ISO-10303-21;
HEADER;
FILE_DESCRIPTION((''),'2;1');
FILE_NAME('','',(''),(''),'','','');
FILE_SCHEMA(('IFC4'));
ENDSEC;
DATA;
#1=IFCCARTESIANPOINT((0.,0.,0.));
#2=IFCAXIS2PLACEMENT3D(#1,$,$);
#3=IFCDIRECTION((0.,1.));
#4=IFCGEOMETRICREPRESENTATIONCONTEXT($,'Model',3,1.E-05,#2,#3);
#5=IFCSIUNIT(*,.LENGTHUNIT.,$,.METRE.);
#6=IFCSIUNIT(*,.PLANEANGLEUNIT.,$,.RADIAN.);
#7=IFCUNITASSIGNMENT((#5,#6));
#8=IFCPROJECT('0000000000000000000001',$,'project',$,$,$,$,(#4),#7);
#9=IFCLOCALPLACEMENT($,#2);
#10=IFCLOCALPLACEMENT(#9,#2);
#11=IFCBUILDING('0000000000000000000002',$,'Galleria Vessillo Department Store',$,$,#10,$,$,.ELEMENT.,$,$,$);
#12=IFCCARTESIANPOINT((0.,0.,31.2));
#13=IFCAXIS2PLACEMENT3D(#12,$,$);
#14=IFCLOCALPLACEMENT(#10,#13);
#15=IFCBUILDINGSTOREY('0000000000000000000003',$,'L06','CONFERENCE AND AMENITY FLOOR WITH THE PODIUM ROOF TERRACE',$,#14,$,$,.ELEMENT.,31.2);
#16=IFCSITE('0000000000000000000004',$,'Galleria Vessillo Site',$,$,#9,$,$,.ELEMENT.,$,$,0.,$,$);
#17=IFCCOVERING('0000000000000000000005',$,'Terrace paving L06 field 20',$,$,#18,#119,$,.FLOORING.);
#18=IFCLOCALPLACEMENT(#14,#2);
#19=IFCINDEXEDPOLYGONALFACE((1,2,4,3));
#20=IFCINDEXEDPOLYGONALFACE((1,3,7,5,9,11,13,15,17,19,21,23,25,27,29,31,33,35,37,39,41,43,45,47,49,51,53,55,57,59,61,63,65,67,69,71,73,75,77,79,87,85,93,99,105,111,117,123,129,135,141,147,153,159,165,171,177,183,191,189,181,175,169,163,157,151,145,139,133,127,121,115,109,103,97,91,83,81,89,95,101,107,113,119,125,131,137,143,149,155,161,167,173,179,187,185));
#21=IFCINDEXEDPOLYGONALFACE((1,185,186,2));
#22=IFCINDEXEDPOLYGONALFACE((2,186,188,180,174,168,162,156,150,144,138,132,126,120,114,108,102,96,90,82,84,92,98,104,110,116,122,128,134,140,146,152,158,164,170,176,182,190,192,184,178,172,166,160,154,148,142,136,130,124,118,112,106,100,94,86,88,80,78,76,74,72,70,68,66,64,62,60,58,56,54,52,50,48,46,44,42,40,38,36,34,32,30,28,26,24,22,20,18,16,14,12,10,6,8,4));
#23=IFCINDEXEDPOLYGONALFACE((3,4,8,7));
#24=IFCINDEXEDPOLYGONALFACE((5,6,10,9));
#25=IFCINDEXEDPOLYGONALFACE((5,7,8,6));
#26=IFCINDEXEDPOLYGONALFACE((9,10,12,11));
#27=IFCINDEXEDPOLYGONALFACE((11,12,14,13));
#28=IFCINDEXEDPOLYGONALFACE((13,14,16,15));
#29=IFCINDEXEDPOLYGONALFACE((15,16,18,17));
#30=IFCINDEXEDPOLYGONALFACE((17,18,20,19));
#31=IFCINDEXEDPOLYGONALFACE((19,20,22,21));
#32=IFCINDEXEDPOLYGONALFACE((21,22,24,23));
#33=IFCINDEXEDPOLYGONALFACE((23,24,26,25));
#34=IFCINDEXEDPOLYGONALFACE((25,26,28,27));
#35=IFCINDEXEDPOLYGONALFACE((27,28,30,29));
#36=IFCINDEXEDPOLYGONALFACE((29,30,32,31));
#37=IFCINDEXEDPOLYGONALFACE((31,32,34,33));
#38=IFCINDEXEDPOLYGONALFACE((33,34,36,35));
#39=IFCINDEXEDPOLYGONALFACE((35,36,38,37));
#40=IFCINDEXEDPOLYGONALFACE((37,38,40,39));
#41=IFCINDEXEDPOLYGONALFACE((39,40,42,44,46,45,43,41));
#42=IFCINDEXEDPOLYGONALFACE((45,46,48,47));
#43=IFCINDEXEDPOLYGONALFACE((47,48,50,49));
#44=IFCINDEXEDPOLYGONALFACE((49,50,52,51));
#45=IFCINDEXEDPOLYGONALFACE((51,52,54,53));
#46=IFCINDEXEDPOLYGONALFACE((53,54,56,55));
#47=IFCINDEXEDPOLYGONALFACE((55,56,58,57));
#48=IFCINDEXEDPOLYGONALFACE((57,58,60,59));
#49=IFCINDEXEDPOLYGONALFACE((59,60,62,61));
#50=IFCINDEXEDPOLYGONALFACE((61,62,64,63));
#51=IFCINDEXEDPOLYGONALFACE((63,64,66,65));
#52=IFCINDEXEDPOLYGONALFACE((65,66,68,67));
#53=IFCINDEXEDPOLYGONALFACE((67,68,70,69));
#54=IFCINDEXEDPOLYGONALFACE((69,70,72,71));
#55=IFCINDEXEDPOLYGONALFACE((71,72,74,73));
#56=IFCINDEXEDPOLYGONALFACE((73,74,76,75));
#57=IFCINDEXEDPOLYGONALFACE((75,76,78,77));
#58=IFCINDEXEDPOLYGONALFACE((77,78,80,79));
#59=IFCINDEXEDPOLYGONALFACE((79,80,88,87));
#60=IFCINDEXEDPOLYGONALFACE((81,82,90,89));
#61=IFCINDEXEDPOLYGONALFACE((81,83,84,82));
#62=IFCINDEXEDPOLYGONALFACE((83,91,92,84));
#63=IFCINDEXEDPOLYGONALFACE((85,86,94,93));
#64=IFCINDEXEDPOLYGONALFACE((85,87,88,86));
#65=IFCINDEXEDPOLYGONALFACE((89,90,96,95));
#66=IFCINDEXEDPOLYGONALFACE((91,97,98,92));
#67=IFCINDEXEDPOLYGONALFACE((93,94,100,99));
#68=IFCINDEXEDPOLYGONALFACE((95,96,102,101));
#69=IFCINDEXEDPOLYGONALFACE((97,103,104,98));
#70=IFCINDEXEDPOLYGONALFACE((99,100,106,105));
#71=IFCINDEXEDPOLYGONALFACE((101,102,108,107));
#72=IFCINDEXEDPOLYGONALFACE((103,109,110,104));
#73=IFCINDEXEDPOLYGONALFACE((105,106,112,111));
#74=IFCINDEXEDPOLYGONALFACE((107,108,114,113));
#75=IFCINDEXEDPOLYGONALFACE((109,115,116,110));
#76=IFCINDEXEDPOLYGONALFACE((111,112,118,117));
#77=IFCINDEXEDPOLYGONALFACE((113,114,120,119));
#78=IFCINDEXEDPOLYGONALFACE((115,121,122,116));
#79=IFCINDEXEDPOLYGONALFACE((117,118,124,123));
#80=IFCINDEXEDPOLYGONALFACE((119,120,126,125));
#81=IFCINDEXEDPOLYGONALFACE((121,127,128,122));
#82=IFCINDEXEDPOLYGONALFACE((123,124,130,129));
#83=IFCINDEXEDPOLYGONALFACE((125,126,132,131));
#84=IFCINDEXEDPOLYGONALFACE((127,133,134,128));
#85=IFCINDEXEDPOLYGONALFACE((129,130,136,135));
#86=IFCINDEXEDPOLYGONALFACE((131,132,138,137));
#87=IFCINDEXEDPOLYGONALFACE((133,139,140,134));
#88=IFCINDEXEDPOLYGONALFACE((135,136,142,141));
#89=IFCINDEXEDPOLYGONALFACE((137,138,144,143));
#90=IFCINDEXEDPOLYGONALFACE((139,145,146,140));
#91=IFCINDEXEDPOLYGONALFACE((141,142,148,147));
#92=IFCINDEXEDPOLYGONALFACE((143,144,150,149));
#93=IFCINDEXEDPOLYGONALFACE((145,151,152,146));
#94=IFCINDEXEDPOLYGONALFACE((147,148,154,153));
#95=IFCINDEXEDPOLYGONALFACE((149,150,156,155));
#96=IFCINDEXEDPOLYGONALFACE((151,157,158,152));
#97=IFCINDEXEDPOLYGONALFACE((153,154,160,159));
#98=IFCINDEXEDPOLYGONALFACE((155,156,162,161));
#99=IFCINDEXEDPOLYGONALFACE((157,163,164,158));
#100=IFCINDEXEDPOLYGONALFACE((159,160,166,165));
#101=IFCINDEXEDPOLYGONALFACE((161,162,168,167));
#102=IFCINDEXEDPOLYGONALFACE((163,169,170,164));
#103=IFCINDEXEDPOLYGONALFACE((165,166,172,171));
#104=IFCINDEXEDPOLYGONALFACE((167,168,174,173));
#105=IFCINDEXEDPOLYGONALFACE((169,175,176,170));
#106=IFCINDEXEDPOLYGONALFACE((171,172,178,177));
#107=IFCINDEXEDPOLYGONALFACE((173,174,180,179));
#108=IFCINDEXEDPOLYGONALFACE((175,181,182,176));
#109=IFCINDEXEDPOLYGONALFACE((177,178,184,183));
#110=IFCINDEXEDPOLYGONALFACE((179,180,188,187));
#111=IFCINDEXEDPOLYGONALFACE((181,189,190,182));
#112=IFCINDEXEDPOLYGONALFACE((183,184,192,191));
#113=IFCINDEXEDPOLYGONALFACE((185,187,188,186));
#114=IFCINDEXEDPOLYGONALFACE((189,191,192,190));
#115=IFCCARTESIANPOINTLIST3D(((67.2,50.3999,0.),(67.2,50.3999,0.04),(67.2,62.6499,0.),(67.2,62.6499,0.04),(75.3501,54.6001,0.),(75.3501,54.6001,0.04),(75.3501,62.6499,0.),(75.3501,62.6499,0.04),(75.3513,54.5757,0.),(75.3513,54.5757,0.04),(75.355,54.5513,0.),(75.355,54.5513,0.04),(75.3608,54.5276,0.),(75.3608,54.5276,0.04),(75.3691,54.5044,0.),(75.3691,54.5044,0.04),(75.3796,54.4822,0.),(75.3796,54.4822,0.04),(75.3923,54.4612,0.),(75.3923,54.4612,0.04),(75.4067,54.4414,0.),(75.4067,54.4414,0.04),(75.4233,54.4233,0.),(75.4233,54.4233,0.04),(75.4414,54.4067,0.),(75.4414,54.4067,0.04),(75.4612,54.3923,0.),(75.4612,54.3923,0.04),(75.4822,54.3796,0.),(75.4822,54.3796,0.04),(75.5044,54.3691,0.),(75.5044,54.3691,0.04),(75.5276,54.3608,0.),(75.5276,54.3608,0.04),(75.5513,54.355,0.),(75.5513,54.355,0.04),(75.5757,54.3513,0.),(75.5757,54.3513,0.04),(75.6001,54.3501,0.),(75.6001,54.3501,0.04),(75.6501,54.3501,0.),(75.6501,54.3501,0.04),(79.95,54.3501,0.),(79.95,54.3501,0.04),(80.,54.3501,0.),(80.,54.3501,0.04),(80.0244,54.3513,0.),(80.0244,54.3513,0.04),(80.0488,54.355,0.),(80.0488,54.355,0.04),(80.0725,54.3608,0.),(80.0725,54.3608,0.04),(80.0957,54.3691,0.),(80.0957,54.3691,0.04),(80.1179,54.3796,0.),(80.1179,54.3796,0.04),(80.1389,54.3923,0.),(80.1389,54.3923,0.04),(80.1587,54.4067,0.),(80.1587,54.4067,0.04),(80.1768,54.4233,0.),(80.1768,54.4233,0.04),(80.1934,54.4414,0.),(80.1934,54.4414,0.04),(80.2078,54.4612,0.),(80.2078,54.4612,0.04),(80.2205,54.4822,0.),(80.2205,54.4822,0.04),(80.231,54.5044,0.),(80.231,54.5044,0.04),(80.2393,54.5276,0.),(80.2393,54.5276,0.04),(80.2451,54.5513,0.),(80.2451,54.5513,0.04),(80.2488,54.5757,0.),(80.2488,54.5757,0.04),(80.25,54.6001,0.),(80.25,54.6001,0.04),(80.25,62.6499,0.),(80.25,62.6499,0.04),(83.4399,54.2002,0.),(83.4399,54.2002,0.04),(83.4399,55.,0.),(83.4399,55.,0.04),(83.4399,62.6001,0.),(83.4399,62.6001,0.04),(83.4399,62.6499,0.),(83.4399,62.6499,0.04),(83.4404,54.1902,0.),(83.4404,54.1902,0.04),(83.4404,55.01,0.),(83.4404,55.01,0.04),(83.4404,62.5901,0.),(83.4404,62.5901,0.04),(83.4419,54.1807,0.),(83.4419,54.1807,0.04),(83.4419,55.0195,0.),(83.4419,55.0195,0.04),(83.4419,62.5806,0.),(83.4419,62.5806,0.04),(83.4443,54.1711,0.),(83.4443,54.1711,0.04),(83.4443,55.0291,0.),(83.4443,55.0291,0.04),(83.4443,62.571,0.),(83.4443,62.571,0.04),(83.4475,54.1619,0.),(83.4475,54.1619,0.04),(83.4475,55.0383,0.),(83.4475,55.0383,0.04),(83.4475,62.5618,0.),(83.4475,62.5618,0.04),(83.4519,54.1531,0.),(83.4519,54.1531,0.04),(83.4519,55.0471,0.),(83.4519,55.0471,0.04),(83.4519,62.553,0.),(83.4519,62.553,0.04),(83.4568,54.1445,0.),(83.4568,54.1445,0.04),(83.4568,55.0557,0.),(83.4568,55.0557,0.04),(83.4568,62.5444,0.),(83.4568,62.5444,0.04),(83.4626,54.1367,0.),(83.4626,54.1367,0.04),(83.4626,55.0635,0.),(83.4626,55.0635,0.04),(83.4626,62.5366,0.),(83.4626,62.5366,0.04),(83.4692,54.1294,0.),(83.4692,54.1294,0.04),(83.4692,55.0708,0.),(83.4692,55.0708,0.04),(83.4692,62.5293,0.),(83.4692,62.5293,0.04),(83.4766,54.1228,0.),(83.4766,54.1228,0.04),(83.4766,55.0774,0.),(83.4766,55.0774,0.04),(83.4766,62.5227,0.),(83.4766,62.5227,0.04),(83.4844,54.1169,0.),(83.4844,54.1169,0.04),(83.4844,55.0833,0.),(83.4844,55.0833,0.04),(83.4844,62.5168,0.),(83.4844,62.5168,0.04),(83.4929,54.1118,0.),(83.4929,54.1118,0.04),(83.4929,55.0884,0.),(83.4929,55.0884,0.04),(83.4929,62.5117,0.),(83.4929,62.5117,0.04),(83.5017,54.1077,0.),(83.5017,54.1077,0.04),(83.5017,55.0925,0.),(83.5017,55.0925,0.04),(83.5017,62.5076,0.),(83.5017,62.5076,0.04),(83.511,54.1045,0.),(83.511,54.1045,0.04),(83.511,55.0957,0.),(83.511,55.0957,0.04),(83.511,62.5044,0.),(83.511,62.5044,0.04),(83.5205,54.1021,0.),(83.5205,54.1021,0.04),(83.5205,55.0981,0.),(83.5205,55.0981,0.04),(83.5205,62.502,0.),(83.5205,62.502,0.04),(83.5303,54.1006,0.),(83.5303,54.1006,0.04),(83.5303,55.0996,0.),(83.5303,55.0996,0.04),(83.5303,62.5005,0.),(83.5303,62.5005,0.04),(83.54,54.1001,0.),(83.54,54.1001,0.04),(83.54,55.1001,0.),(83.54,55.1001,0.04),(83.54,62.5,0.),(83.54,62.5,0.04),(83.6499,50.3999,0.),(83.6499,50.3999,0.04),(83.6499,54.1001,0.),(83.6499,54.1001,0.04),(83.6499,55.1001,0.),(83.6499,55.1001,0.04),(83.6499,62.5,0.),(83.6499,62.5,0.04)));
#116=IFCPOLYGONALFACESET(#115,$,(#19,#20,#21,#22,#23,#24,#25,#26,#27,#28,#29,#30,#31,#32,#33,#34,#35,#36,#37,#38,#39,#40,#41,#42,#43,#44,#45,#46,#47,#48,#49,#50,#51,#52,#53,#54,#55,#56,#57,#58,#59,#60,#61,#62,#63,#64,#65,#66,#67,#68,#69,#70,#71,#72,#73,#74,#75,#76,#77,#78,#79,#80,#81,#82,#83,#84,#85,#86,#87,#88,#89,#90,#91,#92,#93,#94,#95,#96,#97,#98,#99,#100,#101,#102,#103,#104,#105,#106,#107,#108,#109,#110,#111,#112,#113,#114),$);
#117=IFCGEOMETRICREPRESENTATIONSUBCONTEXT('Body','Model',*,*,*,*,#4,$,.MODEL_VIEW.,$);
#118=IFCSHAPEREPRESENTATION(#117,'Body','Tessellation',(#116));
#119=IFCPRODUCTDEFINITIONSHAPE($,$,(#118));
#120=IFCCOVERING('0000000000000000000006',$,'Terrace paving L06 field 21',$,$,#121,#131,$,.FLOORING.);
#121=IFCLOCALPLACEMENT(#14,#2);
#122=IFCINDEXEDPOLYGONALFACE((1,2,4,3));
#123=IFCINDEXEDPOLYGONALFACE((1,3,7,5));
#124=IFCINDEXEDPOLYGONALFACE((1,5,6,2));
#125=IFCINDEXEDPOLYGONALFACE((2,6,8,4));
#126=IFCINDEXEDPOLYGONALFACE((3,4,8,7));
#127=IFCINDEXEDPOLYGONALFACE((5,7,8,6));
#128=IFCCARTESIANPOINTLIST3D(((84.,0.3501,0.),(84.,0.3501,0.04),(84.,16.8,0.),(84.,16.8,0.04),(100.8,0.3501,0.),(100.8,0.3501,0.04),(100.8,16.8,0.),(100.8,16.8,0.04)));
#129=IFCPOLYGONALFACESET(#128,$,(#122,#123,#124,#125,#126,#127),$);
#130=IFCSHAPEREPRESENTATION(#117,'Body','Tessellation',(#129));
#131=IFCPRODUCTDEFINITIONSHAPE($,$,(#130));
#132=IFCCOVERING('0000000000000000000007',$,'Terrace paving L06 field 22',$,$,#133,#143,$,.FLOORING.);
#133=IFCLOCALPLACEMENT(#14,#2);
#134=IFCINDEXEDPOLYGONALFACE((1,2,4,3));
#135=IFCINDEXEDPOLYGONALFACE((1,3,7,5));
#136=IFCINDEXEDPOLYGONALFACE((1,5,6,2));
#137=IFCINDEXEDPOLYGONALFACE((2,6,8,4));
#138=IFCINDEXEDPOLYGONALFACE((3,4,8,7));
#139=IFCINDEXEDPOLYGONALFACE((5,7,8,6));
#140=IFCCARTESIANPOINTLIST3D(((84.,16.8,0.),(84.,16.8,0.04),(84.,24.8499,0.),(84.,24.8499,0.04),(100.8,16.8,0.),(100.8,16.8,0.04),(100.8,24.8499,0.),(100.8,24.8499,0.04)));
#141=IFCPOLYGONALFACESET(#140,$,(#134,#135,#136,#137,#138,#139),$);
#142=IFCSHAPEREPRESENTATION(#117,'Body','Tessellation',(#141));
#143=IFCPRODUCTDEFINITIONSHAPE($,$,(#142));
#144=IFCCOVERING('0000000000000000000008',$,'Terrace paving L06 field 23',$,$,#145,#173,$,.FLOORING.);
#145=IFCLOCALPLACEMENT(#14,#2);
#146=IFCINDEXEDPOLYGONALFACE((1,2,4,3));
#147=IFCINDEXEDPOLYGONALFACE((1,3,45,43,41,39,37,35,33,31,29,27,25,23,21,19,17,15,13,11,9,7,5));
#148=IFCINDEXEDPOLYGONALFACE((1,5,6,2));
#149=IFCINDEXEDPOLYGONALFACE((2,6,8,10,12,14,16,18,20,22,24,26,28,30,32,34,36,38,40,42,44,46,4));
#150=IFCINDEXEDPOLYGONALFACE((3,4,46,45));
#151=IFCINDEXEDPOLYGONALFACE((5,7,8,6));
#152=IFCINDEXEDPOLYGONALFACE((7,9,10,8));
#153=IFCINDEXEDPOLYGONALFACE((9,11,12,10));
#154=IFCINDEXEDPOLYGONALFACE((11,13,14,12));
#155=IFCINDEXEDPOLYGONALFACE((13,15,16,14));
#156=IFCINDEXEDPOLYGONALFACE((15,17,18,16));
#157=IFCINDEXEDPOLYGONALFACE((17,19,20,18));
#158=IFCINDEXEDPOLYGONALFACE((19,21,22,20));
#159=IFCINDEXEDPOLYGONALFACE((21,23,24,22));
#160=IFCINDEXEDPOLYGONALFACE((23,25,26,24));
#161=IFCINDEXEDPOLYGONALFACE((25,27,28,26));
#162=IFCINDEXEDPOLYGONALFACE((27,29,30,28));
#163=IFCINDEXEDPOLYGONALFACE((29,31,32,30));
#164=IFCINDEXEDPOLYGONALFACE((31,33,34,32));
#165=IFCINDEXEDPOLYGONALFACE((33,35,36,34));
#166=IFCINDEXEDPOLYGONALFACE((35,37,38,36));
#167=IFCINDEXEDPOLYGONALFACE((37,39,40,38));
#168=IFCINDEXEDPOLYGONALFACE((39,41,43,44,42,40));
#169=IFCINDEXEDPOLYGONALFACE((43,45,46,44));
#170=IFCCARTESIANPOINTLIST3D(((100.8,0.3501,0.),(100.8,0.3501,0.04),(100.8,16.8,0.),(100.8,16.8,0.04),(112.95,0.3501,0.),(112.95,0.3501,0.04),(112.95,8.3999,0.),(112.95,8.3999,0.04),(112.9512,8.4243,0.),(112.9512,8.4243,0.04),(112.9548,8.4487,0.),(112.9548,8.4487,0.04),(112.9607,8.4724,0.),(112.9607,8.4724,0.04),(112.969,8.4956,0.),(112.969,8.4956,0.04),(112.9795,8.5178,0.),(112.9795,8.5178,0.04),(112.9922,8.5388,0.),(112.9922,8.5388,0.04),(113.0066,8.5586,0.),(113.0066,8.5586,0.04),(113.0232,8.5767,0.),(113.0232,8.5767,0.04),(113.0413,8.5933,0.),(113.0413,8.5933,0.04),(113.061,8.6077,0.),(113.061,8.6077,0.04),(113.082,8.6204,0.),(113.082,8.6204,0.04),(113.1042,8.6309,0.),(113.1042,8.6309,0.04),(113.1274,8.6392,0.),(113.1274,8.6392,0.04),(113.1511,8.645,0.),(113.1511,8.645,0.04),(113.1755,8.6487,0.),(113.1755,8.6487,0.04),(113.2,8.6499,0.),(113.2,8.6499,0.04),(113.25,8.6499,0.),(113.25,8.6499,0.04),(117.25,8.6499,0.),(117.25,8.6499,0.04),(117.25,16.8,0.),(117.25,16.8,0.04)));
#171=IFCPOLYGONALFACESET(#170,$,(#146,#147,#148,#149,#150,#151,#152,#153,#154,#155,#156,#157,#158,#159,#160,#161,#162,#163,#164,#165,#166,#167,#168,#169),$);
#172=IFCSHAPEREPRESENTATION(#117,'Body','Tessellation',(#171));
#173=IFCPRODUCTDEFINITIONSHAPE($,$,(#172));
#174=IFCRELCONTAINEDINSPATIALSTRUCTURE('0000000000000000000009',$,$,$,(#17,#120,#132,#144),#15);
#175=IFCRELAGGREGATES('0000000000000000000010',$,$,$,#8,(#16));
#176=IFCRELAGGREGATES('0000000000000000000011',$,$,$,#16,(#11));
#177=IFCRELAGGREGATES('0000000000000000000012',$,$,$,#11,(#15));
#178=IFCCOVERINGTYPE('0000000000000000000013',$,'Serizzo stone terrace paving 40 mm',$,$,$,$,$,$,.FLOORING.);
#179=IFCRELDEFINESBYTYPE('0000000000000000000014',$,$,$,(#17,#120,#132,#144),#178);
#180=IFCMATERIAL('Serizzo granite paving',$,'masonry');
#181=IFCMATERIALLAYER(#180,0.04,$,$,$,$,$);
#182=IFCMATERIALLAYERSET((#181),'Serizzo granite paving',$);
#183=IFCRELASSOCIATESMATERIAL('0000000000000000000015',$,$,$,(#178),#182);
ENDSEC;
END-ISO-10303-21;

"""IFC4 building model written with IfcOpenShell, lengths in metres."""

from ifc_helpers import new_model, si_unit, direction, frame, origin, place, context, subcontext, project, spatial, polyline, outline, extrude, material, layer, layer_set, type_object, element, save


model = new_model("IFC4")

# Units and contexts
model_context = context("Model", 3, precision=1e-05, world=origin(), true_north=direction((0.0, 1.0)))
body_context = subcontext(model_context, "Body", "Model", "MODEL_VIEW")
ifc_project = project(units=[si_unit("LENGTHUNIT", "METRE"), si_unit("PLANEANGLEUNIT", "RADIAN")], contexts=[model_context])

# Site, building, storey
site_placement = place(None, origin())
site = spatial("IfcSite", under=ifc_project, at=site_placement, Name="Galleria Vessillo Site", CompositionType="ELEMENT", RefElevation=0.0)
building_placement = place(site_placement, origin())
building = spatial("IfcBuilding", under=site, at=building_placement, Name="Galleria Vessillo Department Store", CompositionType="ELEMENT")
storey_placement = place(building_placement, frame((0.0, 0.0, 31.2)))
storey = spatial("IfcBuildingStorey", under=building, at=storey_placement, Name="L06", Description="CONFERENCE AND AMENITY FLOOR WITH THE PODIUM ROOF TERRACE", CompositionType="ELEMENT", Elevation=31.2)

# Coverings
ifc_material_1 = material(Name="Serizzo granite paving", Category="masonry")
ifc_layer_1 = layer(ifc_material_1, 0.04)
ifc_layer_set_1 = layer_set([ifc_layer_1], Name="Serizzo granite paving")
covering_type = type_object("IfcCoveringType", Name="Serizzo stone terrace paving 40 mm", PredefinedType="FLOORING", material=ifc_layer_set_1)
covering_1_placement = place(storey_placement, origin())
element("IfcCovering", 1, at=covering_1_placement, inside=storey, type_object=covering_type, Name="Terrace paving L06 field 20", PredefinedType="FLOORING", context=body_context, shape_type="SweptSolid", body=[
    extrude(outline(polyline([(75.3501, 62.6499), (75.3501, 54.6001), (75.3513, 54.5757), (75.355, 54.5513), (75.3608, 54.5276), (75.3691, 54.5044), (75.3796, 54.4822), (75.3923, 54.4612), (75.4067, 54.4414), (75.4233, 54.4233), (75.4414, 54.4067), (75.4612, 54.3923), (75.4822, 54.3796), (75.5044, 54.3691), (75.5276, 54.3608), (75.5513, 54.355), (75.5757, 54.3513), (75.6001, 54.3501), (75.6501, 54.3501), (75.6501, 54.3501), (79.95, 54.3501), (79.95, 54.3501), (80.0, 54.3501), (80.0244, 54.3513), (80.0488, 54.355), (80.0725, 54.3608), (80.0957, 54.3691), (80.1179, 54.3796), (80.1389, 54.3923), (80.1587, 54.4067), (80.1768, 54.4233), (80.1934, 54.4414), (80.2078, 54.4612), (80.2205, 54.4822), (80.231, 54.5044), (80.2393, 54.5276), (80.2451, 54.5513), (80.2488, 54.5757), (80.25, 54.6001), (80.25, 62.6499), (83.4399, 62.6499), (83.4399, 62.6001), (83.4404, 62.5901), (83.4419, 62.5806), (83.4443, 62.571), (83.4475, 62.5618), (83.4519, 62.553), (83.4568, 62.5444), (83.4626, 62.5366), (83.4692, 62.5293), (83.4766, 62.5227), (83.4844, 62.5168), (83.4929, 62.5117), (83.5017, 62.5076), (83.511, 62.5044), (83.5205, 62.502), (83.5303, 62.5005), (83.54, 62.5), (83.6499, 62.5), (83.6499, 55.1001), (83.54, 55.1001), (83.5303, 55.0996), (83.5205, 55.0981), (83.511, 55.0957), (83.5017, 55.0925), (83.4929, 55.0884), (83.4844, 55.0833), (83.4766, 55.0774), (83.4692, 55.0708), (83.4626, 55.0635), (83.4568, 55.0557), (83.4519, 55.0471), (83.4475, 55.0383), (83.4443, 55.0291), (83.4419, 55.0195), (83.4404, 55.01), (83.4399, 55.0), (83.4399, 54.2002), (83.4404, 54.1902), (83.4419, 54.1807), (83.4443, 54.1711), (83.4475, 54.1619), (83.4519, 54.1531), (83.4568, 54.1445), (83.4626, 54.1367), (83.4692, 54.1294), (83.4766, 54.1228), (83.4844, 54.1169), (83.4929, 54.1118), (83.5017, 54.1077), (83.511, 54.1045), (83.5205, 54.1021), (83.5303, 54.1006), (83.54, 54.1001), (83.6499, 54.1001), (83.6499, 50.3999), (67.2, 50.3999), (67.2, 62.6499), (75.3501, 62.6499)])), origin(), (0.0, 0.0, 1.0), 0.04),
])
covering_2_placement = place(storey_placement, origin())
element("IfcCovering", 2, at=covering_2_placement, inside=storey, type_object=covering_type, Name="Terrace paving L06 field 21", PredefinedType="FLOORING", context=body_context, shape_type="SweptSolid", body=[
    extrude(outline(polyline([(84.0, 0.3501), (84.0, 16.8), (100.8, 16.8), (100.8, 0.3501), (84.0, 0.3501)])), origin(), (0.0, 0.0, 1.0), 0.04),
])
covering_3_placement = place(storey_placement, origin())
element("IfcCovering", 3, at=covering_3_placement, inside=storey, type_object=covering_type, Name="Terrace paving L06 field 22", PredefinedType="FLOORING", context=body_context, shape_type="SweptSolid", body=[
    extrude(outline(polyline([(100.8, 24.8499), (100.8, 16.8), (84.0, 16.8), (84.0, 24.8499), (100.8, 24.8499)])), origin(), (0.0, 0.0, 1.0), 0.04),
])
covering_4_placement = place(storey_placement, origin())
element("IfcCovering", 4, at=covering_4_placement, inside=storey, type_object=covering_type, Name="Terrace paving L06 field 23", PredefinedType="FLOORING", context=body_context, shape_type="SweptSolid", body=[
    extrude(outline(polyline([(117.25, 8.6499), (113.25, 8.6499), (113.25, 8.6499), (113.2, 8.6499), (113.1755, 8.6487), (113.1511, 8.645), (113.1274, 8.6392), (113.1042, 8.6309), (113.082, 8.6204), (113.061, 8.6077), (113.0413, 8.5933), (113.0232, 8.5767), (113.0066, 8.5586), (112.9922, 8.5388), (112.9795, 8.5178), (112.969, 8.4956), (112.9607, 8.4724), (112.9548, 8.4487), (112.9512, 8.4243), (112.95, 8.3999), (112.95, 0.3501), (100.8, 0.3501), (100.8, 16.8), (117.25, 16.8), (117.25, 8.6499)])), origin(), (0.0, 0.0, 1.0), 0.04),
])

save(model, "model.ifc")
